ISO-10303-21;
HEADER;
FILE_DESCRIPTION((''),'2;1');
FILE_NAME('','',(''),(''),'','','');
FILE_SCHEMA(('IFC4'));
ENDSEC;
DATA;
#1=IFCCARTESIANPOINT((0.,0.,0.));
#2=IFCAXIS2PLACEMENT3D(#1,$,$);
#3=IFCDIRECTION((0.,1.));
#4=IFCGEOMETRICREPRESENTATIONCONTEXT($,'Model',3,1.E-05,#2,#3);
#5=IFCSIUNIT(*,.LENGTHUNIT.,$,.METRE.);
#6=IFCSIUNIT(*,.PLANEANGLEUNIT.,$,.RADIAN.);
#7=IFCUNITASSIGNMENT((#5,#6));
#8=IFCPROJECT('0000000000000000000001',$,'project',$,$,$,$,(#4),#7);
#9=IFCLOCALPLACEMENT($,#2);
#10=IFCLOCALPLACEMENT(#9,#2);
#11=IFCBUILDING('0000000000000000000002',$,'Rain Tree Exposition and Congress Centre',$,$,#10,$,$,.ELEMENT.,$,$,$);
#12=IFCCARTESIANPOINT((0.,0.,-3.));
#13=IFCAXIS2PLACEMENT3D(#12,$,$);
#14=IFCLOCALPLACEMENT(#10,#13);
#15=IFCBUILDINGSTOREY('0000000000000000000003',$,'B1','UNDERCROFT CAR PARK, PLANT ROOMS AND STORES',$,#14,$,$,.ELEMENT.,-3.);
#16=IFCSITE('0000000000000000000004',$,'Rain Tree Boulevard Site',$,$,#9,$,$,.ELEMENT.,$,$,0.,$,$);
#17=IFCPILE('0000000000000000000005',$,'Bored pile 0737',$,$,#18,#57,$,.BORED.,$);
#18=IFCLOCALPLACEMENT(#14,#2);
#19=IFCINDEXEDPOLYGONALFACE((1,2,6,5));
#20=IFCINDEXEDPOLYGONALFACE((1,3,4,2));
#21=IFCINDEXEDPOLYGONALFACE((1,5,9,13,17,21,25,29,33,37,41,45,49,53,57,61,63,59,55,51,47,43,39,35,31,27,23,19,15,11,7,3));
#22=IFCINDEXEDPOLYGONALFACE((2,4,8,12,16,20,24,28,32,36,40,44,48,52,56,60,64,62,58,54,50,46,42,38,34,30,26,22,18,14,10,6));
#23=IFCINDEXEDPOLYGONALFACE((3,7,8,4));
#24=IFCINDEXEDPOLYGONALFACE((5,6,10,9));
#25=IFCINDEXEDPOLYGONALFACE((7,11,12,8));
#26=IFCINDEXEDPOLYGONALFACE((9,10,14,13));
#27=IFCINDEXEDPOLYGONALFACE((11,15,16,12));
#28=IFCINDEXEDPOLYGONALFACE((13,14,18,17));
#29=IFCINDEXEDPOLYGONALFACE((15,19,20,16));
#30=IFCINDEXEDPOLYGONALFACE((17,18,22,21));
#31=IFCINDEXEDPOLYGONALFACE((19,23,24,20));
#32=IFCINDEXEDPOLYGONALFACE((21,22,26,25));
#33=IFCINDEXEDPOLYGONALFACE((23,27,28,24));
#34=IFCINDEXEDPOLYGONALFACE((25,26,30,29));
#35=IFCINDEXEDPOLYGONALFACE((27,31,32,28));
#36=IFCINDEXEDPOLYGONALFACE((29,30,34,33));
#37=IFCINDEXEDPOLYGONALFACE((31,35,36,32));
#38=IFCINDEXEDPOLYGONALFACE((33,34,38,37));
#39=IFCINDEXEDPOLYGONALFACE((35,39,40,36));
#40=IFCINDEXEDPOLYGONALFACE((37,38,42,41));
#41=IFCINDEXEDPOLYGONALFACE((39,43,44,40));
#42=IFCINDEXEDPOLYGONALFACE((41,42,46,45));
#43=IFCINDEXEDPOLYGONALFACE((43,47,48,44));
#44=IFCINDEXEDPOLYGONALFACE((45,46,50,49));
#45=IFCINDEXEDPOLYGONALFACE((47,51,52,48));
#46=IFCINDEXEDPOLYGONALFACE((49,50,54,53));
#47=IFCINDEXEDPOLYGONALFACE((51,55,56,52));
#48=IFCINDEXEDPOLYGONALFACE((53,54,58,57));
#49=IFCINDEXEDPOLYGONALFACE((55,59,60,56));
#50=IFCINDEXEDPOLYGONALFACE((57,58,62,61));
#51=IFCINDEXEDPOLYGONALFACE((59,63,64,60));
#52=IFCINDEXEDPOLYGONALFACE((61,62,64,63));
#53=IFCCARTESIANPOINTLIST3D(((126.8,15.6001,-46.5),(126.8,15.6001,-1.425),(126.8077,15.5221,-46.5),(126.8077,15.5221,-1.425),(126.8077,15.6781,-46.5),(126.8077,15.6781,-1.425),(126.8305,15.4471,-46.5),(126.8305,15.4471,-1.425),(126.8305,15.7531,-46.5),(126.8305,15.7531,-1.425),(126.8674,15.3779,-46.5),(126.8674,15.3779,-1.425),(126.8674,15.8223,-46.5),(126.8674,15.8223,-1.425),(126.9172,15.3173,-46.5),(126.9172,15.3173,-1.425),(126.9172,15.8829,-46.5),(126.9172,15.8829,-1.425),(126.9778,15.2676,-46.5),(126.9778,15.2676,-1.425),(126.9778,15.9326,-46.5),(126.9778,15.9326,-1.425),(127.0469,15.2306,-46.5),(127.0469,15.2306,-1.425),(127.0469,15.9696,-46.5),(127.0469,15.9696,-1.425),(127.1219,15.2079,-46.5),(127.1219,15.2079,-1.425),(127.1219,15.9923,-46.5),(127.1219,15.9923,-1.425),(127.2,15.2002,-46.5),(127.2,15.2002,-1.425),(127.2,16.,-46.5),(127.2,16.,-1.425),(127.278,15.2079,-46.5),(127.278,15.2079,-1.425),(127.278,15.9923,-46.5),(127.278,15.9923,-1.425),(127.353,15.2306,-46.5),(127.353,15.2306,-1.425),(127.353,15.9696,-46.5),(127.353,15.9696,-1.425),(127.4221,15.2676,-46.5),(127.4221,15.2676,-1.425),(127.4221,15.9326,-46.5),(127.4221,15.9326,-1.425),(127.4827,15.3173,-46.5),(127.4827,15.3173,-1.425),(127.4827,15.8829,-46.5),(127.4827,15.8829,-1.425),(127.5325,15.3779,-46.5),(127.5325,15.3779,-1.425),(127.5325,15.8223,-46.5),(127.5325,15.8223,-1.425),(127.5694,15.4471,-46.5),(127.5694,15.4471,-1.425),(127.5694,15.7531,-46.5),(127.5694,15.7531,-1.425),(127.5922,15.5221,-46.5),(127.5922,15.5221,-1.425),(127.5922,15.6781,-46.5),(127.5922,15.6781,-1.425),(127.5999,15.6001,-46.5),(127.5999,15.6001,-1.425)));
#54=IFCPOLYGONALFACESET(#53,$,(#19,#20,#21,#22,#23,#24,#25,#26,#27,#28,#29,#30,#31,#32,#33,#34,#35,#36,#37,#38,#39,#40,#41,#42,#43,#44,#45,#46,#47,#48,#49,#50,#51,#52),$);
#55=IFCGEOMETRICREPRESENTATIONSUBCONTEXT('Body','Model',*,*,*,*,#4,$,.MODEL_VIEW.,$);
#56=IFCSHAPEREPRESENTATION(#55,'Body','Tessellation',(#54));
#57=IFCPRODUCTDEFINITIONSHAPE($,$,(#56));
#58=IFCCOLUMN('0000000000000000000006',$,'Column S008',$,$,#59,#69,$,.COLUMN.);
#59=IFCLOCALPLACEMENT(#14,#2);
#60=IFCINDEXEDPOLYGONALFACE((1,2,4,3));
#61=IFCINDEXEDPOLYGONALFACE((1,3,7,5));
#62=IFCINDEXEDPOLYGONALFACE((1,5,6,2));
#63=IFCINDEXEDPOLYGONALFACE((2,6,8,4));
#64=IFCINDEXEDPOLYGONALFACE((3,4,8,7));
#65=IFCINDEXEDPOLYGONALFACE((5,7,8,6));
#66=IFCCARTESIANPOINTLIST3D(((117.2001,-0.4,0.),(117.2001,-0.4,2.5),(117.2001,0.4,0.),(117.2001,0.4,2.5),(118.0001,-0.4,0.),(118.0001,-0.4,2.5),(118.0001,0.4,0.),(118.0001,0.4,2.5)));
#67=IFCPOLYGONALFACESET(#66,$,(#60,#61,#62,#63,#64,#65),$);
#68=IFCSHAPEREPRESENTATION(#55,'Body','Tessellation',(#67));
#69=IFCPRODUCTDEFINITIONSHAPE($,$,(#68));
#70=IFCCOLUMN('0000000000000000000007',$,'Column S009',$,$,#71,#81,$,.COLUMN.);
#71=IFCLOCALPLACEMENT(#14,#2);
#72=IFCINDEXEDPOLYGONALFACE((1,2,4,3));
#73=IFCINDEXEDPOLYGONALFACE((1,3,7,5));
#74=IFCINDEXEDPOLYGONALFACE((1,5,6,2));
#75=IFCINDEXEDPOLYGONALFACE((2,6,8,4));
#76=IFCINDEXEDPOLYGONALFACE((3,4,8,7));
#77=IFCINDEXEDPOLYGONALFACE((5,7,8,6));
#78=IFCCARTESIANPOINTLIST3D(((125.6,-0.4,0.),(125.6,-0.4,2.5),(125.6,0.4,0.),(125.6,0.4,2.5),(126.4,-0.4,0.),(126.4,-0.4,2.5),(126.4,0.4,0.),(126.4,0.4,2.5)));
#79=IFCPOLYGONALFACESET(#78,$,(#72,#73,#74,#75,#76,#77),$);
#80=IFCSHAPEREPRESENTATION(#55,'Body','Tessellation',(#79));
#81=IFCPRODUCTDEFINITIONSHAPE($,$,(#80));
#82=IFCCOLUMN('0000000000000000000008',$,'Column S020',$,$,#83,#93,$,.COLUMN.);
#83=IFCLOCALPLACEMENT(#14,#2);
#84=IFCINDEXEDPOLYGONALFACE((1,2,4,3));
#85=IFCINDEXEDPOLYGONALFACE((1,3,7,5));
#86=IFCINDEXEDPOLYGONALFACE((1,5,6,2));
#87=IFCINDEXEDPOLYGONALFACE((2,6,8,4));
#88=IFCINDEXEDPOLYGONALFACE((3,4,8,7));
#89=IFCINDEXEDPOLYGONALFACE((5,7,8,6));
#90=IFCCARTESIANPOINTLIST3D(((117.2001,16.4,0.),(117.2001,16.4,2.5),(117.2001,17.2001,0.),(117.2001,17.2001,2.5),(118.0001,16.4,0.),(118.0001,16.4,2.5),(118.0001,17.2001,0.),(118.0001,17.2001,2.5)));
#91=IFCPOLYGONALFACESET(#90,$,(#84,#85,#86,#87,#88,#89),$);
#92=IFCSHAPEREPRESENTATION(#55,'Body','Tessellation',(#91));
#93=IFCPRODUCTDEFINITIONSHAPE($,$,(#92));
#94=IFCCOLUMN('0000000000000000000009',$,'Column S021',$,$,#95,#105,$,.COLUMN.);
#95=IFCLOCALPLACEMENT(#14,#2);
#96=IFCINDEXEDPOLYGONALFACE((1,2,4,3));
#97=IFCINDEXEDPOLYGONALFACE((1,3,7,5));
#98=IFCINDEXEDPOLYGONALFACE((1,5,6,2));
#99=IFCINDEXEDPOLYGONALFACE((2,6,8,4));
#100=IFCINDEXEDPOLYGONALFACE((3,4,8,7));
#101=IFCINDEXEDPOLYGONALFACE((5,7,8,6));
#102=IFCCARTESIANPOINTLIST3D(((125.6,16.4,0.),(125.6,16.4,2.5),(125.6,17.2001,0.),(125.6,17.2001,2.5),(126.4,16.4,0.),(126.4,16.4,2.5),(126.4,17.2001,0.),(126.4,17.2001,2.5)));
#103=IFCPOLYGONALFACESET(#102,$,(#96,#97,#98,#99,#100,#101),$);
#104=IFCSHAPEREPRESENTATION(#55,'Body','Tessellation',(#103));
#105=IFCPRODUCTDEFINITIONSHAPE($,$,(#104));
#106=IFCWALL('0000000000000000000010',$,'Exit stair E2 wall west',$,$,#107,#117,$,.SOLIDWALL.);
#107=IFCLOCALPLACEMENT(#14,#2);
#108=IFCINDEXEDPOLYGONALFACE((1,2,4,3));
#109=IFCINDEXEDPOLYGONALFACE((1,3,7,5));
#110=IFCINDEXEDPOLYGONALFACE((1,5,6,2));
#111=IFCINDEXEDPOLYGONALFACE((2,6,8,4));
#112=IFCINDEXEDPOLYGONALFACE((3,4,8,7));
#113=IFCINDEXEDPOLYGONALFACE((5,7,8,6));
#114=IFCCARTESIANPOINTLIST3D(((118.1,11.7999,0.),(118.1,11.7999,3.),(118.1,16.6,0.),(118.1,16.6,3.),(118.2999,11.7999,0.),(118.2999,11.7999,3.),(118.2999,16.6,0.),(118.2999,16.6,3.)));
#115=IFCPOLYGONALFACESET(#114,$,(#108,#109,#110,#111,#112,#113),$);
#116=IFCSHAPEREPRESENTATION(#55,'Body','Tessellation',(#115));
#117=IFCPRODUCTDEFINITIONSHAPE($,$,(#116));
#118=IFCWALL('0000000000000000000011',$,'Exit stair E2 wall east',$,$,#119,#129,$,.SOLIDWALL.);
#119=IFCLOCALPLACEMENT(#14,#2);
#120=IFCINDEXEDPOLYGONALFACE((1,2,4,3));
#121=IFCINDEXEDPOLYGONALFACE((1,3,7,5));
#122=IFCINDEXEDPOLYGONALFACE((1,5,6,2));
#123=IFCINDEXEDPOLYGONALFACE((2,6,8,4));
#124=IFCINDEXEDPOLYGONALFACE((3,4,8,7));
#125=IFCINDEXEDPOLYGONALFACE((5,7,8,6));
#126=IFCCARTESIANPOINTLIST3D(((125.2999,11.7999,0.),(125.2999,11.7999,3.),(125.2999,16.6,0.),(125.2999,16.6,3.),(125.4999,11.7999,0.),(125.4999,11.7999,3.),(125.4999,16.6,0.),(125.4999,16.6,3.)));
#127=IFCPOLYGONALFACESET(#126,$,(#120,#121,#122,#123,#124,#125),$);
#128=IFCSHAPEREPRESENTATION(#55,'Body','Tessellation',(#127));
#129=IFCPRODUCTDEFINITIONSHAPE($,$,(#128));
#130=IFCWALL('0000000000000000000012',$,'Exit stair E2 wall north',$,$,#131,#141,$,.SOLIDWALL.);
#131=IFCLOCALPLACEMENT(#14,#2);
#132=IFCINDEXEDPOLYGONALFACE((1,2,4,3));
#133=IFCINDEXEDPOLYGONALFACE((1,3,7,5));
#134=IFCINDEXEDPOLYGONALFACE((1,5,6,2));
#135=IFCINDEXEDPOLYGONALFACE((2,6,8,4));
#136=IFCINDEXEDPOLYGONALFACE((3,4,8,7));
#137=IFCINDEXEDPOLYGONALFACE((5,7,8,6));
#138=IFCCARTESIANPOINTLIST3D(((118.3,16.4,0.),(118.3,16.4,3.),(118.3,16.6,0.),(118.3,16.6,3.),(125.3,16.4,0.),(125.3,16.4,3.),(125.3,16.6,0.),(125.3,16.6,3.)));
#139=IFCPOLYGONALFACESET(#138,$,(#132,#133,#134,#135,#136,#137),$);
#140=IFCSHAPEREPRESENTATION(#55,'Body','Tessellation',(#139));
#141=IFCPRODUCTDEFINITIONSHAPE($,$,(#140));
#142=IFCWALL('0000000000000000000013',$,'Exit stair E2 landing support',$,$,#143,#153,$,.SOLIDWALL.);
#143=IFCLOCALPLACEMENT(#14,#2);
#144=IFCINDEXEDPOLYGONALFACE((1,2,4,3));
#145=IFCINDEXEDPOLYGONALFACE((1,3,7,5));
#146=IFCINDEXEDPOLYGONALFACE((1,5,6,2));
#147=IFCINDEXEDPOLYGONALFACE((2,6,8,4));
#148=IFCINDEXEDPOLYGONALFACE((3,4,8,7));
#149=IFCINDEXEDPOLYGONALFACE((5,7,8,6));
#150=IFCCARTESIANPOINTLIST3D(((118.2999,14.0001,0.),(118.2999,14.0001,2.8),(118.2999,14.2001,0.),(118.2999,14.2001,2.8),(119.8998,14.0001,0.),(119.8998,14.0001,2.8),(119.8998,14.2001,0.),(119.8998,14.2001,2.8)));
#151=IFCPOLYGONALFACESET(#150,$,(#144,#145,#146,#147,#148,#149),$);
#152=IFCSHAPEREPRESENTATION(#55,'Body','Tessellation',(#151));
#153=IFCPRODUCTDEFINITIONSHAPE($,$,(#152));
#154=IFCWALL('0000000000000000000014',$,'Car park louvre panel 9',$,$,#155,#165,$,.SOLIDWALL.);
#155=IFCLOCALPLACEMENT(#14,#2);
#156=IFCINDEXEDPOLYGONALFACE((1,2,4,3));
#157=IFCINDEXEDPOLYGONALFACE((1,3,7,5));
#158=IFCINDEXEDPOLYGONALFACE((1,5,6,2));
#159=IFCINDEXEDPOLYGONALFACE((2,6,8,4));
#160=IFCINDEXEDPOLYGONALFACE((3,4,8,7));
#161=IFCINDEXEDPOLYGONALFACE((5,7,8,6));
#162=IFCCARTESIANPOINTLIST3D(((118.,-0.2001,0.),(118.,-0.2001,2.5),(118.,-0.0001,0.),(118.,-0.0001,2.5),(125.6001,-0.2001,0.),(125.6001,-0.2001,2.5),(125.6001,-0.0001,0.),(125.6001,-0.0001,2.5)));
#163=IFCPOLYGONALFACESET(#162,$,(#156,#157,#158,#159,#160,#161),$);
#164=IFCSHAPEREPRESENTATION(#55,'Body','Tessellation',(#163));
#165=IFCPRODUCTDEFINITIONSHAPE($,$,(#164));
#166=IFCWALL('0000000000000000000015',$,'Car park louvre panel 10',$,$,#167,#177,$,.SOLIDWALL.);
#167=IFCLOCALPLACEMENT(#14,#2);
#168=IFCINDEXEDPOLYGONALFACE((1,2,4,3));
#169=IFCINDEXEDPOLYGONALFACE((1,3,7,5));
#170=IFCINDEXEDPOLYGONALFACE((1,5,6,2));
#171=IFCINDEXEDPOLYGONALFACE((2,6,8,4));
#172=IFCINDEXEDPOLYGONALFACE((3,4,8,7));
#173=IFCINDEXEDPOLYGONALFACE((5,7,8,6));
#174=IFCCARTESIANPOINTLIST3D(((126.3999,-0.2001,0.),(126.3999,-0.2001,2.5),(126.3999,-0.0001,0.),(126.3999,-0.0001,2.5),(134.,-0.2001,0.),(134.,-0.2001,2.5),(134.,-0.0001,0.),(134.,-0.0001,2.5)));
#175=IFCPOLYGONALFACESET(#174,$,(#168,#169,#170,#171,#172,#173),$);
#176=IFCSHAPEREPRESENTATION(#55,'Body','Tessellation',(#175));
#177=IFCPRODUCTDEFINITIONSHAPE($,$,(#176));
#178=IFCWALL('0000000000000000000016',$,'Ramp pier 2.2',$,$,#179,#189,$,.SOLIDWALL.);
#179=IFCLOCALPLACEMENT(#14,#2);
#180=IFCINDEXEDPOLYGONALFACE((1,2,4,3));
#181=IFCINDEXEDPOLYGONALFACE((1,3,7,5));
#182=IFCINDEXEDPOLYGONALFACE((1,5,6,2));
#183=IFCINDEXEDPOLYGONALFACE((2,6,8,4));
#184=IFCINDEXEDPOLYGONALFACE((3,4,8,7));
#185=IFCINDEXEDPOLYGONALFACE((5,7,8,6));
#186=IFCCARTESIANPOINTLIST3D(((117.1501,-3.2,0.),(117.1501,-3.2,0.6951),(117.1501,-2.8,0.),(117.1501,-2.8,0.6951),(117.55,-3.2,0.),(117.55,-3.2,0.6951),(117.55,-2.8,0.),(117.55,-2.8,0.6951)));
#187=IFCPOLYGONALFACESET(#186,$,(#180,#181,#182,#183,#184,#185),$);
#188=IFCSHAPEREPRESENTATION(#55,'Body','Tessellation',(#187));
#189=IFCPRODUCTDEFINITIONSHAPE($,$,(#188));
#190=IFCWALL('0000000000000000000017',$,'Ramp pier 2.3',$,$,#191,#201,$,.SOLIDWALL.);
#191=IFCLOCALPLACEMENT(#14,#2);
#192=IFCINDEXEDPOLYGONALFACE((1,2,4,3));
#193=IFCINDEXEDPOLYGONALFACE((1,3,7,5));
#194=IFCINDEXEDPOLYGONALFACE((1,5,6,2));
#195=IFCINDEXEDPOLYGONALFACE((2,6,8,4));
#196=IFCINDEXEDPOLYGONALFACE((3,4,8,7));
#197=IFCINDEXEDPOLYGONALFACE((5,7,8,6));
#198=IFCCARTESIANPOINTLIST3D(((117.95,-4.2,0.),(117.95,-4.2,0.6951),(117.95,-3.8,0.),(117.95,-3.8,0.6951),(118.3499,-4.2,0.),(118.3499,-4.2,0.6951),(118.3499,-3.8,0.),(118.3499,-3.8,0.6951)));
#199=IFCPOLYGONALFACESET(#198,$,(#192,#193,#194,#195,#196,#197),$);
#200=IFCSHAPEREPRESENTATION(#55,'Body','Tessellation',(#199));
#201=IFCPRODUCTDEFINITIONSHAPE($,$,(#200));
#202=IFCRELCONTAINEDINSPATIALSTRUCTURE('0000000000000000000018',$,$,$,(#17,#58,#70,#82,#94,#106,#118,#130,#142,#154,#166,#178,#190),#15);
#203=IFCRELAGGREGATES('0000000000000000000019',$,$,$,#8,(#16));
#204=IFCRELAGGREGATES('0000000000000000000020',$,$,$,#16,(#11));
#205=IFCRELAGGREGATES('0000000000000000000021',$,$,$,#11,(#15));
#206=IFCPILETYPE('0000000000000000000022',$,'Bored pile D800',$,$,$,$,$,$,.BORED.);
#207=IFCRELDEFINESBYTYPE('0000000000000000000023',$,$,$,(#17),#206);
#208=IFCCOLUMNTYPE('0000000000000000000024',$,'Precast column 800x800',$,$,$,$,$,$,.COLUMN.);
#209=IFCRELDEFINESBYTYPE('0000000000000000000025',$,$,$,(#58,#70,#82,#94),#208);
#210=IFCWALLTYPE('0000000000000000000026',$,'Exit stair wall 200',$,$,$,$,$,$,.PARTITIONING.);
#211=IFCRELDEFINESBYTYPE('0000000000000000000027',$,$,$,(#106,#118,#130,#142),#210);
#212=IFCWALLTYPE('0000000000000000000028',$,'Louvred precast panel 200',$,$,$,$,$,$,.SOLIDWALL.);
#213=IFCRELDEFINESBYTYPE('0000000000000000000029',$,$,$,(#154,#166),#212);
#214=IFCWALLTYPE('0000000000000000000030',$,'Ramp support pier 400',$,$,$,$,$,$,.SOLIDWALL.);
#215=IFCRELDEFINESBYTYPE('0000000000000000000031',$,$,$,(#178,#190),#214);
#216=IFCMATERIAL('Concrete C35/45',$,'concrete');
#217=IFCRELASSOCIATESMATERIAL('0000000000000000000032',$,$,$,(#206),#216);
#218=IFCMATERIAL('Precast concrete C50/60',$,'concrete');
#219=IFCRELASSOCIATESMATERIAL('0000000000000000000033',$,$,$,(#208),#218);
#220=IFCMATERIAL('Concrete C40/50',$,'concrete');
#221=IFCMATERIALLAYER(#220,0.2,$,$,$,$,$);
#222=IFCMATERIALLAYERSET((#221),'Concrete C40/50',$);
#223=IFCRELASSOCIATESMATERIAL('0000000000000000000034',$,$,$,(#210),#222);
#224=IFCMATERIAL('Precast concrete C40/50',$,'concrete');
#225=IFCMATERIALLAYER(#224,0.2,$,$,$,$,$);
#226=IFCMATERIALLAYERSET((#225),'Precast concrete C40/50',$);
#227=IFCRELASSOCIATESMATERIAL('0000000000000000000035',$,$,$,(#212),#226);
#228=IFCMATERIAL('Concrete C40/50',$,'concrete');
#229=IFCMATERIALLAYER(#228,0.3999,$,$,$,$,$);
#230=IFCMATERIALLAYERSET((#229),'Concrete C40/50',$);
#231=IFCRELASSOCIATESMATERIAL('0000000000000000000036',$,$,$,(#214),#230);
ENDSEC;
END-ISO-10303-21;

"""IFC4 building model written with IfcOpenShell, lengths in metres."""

from ifc_helpers import new_model, si_unit, direction, frame, frame_2d, origin, origin_2d, place, context, subcontext, project, spatial, rectangle, circle, extrude, material, layer, layer_set, material_profile, profile_set, type_object, element, save


model = new_model("IFC4")

# Units and contexts
model_context = context("Model", 3, precision=1e-05, world=origin(), true_north=direction((0.0, 1.0)))
body_context = subcontext(model_context, "Body", "Model", "MODEL_VIEW")
ifc_project = project(units=[si_unit("LENGTHUNIT", "METRE"), si_unit("PLANEANGLEUNIT", "RADIAN")], contexts=[model_context])

# Site, building, storey
site_placement = place(None, origin())
site = spatial("IfcSite", under=ifc_project, at=site_placement, Name="Rain Tree Boulevard Site", CompositionType="ELEMENT", RefElevation=0.0)
building_placement = place(site_placement, origin())
building = spatial("IfcBuilding", under=site, at=building_placement, Name="Rain Tree Exposition and Congress Centre", CompositionType="ELEMENT")
storey_placement = place(building_placement, frame((0.0, 0.0, -3.0)))
storey = spatial("IfcBuildingStorey", under=building, at=storey_placement, Name="B1", Description="UNDERCROFT CAR PARK, PLANT ROOMS AND STORES", CompositionType="ELEMENT", Elevation=-3.0)

# Pile
ifc_material_1 = material(Name="Concrete C35/45", Category="concrete")
ifc_material_profile_1 = material_profile(ifc_material_1, circle(Radius=0.3999, at=origin_2d()), Name="D800")
ifc_profile_set_1 = profile_set([ifc_material_profile_1], Name="Concrete C35/45")
pile_type_1 = type_object("IfcPileType", Name="Bored pile D800", PredefinedType="BORED", material=ifc_profile_set_1)
for number, where, z_axis, x_axis, name in (
    (1, (127.2, 15.6001, -1.425), (0.0, 0.0, -1.0), (1.0, 0.0, 0.0), "Bored pile 0737"),
):
    element("IfcPile", number, at=place(storey_placement, frame(where, z_axis=z_axis, x_axis=x_axis)), inside=storey, type_object=pile_type_1, Name=name, PredefinedType="BORED", context=body_context, shape_type="SweptSolid", body=[
        extrude(circle(Radius=0.3999, at=origin_2d()), origin(), (0.0, 0.0, 1.0), 45.075),
    ])

# Columns
ifc_material_2 = material(Name="Precast concrete C50/60", Category="concrete")
ifc_material_profile_2 = material_profile(ifc_material_2, rectangle(XDim=0.8, YDim=0.8, at=origin_2d()), Name="RC 800x800")
ifc_profile_set_2 = profile_set([ifc_material_profile_2], Name="Precast concrete C50/60")
column_type = type_object("IfcColumnType", Name="Precast column 800x800", PredefinedType="COLUMN", material=ifc_profile_set_2)
for number, where, z_axis, x_axis, name in (
    (2, (117.6001, 0.0, 0.0), (0.0, 0.0, 1.0), (1.0, 0.0, 0.0), "Column S008"),
    (3, (126.0, 0.0, 0.0), (0.0, 0.0, 1.0), (1.0, 0.0, 0.0), "Column S009"),
    (4, (117.6001, 16.8, 0.0), (0.0, 0.0, 1.0), (1.0, 0.0, 0.0), "Column S020"),
    (5, (126.0, 16.8, 0.0), (0.0, 0.0, 1.0), (1.0, 0.0, 0.0), "Column S021"),
):
    element("IfcColumn", number, at=place(storey_placement, frame(where, z_axis=z_axis, x_axis=x_axis)), inside=storey, type_object=column_type, Name=name, PredefinedType="COLUMN", context=body_context, shape_type="SweptSolid", body=[
        extrude(rectangle(XDim=0.8, YDim=0.8, at=origin_2d()), origin(), (0.0, 0.0, 1.0), 2.5),
    ])

# Walls
ifc_material_3 = material(Name="Concrete C40/50", Category="concrete")
ifc_layer_1 = layer(ifc_material_3, 0.2)
ifc_layer_set_1 = layer_set([ifc_layer_1], Name="Concrete C40/50")
wall_type_1 = type_object("IfcWallType", Name="Exit stair wall 200", PredefinedType="PARTITIONING", material=ifc_layer_set_1)
for number, where, z_axis, x_axis, name in (
    (6, (118.2, 11.8, 0.0), (0.0, 0.0, 1.0), (0.0, 1.0, 0.0), "Exit stair E2 wall west"),
    (7, (125.3999, 11.8, 0.0), (0.0, 0.0, 1.0), (0.0, 1.0, 0.0), "Exit stair E2 wall east"),
):
    element("IfcWall", number, at=place(storey_placement, frame(where, z_axis=z_axis, x_axis=x_axis)), inside=storey, type_object=wall_type_1, Name=name, PredefinedType="SOLIDWALL", context=body_context, shape_type="SweptSolid", body=[
        extrude(rectangle(XDim=4.8, YDim=0.2, at=frame_2d((2.3999, 0.0))), origin(), (0.0, 0.0, 1.0), 3.0),
    ])

# Walls
wall_1_placement = place(storey_placement, frame((118.3, 16.5, 0.0), z_axis=(0.0, 0.0, 1.0), x_axis=(1.0, 0.0, 0.0)))
element("IfcWall", 8, at=wall_1_placement, inside=storey, type_object=wall_type_1, Name="Exit stair E2 wall north", PredefinedType="SOLIDWALL", context=body_context, shape_type="SweptSolid", body=[
    extrude(rectangle(XDim=7.0, YDim=0.2, at=frame_2d((3.5, 0.0))), origin(), (0.0, 0.0, 1.0), 3.0),
])
wall_2_placement = place(storey_placement, frame((118.3, 14.1001, 0.0), z_axis=(0.0, 0.0, 1.0), x_axis=(1.0, 0.0, 0.0)))
element("IfcWall", 9, at=wall_2_placement, inside=storey, type_object=wall_type_1, Name="Exit stair E2 landing support", PredefinedType="SOLIDWALL", context=body_context, shape_type="SweptSolid", body=[
    extrude(rectangle(XDim=1.5999, YDim=0.2, at=frame_2d((0.7998, 0.0))), origin(), (0.0, 0.0, 1.0), 2.8),
])
ifc_material_4 = material(Name="Precast concrete C40/50", Category="concrete")
ifc_layer_2 = layer(ifc_material_4, 0.2)
ifc_layer_set_2 = layer_set([ifc_layer_2], Name="Precast concrete C40/50")
wall_type_2 = type_object("IfcWallType", Name="Louvred precast panel 200", PredefinedType="SOLIDWALL", material=ifc_layer_set_2)
for number, where, z_axis, x_axis, name in (
    (10, (118.0, -0.1001, 0.0), (0.0, 0.0, 1.0), (1.0, 0.0, 0.0), "Car park louvre panel 9"),
    (11, (126.3999, -0.1001, 0.0), (0.0, 0.0, 1.0), (1.0, 0.0, 0.0), "Car park louvre panel 10"),
):
    element("IfcWall", number, at=place(storey_placement, frame(where, z_axis=z_axis, x_axis=x_axis)), inside=storey, type_object=wall_type_2, Name=name, PredefinedType="SOLIDWALL", context=body_context, shape_type="SweptSolid", body=[
        extrude(rectangle(XDim=7.6001, YDim=0.2, at=frame_2d((3.8, 0.0))), origin(), (0.0, 0.0, 1.0), 2.5),
    ])
ifc_material_5 = material(Name="Concrete C40/50", Category="concrete")
ifc_layer_3 = layer(ifc_material_5, 0.3999)
ifc_layer_set_3 = layer_set([ifc_layer_3], Name="Concrete C40/50")
wall_type_3 = type_object("IfcWallType", Name="Ramp support pier 400", PredefinedType="SOLIDWALL", material=ifc_layer_set_3)
for number, where, z_axis, x_axis, name in (
    (12, (117.3501, -3.2, 0.0), (0.0, 0.0, 1.0), (0.0, 1.0, 0.0), "Ramp pier 2.2"),
    (13, (118.1499, -4.2, 0.0), (0.0, 0.0, 1.0), (0.0, 1.0, 0.0), "Ramp pier 2.3"),
):
    element("IfcWall", number, at=place(storey_placement, frame(where, z_axis=z_axis, x_axis=x_axis)), inside=storey, type_object=wall_type_3, Name=name, PredefinedType="SOLIDWALL", context=body_context, shape_type="SweptSolid", body=[
        extrude(rectangle(XDim=0.3999, YDim=0.3999, at=frame_2d((0.2, 0.0))), origin(), (0.0, 0.0, 1.0), 0.6951),
    ])

save(model, "model.ifc")
